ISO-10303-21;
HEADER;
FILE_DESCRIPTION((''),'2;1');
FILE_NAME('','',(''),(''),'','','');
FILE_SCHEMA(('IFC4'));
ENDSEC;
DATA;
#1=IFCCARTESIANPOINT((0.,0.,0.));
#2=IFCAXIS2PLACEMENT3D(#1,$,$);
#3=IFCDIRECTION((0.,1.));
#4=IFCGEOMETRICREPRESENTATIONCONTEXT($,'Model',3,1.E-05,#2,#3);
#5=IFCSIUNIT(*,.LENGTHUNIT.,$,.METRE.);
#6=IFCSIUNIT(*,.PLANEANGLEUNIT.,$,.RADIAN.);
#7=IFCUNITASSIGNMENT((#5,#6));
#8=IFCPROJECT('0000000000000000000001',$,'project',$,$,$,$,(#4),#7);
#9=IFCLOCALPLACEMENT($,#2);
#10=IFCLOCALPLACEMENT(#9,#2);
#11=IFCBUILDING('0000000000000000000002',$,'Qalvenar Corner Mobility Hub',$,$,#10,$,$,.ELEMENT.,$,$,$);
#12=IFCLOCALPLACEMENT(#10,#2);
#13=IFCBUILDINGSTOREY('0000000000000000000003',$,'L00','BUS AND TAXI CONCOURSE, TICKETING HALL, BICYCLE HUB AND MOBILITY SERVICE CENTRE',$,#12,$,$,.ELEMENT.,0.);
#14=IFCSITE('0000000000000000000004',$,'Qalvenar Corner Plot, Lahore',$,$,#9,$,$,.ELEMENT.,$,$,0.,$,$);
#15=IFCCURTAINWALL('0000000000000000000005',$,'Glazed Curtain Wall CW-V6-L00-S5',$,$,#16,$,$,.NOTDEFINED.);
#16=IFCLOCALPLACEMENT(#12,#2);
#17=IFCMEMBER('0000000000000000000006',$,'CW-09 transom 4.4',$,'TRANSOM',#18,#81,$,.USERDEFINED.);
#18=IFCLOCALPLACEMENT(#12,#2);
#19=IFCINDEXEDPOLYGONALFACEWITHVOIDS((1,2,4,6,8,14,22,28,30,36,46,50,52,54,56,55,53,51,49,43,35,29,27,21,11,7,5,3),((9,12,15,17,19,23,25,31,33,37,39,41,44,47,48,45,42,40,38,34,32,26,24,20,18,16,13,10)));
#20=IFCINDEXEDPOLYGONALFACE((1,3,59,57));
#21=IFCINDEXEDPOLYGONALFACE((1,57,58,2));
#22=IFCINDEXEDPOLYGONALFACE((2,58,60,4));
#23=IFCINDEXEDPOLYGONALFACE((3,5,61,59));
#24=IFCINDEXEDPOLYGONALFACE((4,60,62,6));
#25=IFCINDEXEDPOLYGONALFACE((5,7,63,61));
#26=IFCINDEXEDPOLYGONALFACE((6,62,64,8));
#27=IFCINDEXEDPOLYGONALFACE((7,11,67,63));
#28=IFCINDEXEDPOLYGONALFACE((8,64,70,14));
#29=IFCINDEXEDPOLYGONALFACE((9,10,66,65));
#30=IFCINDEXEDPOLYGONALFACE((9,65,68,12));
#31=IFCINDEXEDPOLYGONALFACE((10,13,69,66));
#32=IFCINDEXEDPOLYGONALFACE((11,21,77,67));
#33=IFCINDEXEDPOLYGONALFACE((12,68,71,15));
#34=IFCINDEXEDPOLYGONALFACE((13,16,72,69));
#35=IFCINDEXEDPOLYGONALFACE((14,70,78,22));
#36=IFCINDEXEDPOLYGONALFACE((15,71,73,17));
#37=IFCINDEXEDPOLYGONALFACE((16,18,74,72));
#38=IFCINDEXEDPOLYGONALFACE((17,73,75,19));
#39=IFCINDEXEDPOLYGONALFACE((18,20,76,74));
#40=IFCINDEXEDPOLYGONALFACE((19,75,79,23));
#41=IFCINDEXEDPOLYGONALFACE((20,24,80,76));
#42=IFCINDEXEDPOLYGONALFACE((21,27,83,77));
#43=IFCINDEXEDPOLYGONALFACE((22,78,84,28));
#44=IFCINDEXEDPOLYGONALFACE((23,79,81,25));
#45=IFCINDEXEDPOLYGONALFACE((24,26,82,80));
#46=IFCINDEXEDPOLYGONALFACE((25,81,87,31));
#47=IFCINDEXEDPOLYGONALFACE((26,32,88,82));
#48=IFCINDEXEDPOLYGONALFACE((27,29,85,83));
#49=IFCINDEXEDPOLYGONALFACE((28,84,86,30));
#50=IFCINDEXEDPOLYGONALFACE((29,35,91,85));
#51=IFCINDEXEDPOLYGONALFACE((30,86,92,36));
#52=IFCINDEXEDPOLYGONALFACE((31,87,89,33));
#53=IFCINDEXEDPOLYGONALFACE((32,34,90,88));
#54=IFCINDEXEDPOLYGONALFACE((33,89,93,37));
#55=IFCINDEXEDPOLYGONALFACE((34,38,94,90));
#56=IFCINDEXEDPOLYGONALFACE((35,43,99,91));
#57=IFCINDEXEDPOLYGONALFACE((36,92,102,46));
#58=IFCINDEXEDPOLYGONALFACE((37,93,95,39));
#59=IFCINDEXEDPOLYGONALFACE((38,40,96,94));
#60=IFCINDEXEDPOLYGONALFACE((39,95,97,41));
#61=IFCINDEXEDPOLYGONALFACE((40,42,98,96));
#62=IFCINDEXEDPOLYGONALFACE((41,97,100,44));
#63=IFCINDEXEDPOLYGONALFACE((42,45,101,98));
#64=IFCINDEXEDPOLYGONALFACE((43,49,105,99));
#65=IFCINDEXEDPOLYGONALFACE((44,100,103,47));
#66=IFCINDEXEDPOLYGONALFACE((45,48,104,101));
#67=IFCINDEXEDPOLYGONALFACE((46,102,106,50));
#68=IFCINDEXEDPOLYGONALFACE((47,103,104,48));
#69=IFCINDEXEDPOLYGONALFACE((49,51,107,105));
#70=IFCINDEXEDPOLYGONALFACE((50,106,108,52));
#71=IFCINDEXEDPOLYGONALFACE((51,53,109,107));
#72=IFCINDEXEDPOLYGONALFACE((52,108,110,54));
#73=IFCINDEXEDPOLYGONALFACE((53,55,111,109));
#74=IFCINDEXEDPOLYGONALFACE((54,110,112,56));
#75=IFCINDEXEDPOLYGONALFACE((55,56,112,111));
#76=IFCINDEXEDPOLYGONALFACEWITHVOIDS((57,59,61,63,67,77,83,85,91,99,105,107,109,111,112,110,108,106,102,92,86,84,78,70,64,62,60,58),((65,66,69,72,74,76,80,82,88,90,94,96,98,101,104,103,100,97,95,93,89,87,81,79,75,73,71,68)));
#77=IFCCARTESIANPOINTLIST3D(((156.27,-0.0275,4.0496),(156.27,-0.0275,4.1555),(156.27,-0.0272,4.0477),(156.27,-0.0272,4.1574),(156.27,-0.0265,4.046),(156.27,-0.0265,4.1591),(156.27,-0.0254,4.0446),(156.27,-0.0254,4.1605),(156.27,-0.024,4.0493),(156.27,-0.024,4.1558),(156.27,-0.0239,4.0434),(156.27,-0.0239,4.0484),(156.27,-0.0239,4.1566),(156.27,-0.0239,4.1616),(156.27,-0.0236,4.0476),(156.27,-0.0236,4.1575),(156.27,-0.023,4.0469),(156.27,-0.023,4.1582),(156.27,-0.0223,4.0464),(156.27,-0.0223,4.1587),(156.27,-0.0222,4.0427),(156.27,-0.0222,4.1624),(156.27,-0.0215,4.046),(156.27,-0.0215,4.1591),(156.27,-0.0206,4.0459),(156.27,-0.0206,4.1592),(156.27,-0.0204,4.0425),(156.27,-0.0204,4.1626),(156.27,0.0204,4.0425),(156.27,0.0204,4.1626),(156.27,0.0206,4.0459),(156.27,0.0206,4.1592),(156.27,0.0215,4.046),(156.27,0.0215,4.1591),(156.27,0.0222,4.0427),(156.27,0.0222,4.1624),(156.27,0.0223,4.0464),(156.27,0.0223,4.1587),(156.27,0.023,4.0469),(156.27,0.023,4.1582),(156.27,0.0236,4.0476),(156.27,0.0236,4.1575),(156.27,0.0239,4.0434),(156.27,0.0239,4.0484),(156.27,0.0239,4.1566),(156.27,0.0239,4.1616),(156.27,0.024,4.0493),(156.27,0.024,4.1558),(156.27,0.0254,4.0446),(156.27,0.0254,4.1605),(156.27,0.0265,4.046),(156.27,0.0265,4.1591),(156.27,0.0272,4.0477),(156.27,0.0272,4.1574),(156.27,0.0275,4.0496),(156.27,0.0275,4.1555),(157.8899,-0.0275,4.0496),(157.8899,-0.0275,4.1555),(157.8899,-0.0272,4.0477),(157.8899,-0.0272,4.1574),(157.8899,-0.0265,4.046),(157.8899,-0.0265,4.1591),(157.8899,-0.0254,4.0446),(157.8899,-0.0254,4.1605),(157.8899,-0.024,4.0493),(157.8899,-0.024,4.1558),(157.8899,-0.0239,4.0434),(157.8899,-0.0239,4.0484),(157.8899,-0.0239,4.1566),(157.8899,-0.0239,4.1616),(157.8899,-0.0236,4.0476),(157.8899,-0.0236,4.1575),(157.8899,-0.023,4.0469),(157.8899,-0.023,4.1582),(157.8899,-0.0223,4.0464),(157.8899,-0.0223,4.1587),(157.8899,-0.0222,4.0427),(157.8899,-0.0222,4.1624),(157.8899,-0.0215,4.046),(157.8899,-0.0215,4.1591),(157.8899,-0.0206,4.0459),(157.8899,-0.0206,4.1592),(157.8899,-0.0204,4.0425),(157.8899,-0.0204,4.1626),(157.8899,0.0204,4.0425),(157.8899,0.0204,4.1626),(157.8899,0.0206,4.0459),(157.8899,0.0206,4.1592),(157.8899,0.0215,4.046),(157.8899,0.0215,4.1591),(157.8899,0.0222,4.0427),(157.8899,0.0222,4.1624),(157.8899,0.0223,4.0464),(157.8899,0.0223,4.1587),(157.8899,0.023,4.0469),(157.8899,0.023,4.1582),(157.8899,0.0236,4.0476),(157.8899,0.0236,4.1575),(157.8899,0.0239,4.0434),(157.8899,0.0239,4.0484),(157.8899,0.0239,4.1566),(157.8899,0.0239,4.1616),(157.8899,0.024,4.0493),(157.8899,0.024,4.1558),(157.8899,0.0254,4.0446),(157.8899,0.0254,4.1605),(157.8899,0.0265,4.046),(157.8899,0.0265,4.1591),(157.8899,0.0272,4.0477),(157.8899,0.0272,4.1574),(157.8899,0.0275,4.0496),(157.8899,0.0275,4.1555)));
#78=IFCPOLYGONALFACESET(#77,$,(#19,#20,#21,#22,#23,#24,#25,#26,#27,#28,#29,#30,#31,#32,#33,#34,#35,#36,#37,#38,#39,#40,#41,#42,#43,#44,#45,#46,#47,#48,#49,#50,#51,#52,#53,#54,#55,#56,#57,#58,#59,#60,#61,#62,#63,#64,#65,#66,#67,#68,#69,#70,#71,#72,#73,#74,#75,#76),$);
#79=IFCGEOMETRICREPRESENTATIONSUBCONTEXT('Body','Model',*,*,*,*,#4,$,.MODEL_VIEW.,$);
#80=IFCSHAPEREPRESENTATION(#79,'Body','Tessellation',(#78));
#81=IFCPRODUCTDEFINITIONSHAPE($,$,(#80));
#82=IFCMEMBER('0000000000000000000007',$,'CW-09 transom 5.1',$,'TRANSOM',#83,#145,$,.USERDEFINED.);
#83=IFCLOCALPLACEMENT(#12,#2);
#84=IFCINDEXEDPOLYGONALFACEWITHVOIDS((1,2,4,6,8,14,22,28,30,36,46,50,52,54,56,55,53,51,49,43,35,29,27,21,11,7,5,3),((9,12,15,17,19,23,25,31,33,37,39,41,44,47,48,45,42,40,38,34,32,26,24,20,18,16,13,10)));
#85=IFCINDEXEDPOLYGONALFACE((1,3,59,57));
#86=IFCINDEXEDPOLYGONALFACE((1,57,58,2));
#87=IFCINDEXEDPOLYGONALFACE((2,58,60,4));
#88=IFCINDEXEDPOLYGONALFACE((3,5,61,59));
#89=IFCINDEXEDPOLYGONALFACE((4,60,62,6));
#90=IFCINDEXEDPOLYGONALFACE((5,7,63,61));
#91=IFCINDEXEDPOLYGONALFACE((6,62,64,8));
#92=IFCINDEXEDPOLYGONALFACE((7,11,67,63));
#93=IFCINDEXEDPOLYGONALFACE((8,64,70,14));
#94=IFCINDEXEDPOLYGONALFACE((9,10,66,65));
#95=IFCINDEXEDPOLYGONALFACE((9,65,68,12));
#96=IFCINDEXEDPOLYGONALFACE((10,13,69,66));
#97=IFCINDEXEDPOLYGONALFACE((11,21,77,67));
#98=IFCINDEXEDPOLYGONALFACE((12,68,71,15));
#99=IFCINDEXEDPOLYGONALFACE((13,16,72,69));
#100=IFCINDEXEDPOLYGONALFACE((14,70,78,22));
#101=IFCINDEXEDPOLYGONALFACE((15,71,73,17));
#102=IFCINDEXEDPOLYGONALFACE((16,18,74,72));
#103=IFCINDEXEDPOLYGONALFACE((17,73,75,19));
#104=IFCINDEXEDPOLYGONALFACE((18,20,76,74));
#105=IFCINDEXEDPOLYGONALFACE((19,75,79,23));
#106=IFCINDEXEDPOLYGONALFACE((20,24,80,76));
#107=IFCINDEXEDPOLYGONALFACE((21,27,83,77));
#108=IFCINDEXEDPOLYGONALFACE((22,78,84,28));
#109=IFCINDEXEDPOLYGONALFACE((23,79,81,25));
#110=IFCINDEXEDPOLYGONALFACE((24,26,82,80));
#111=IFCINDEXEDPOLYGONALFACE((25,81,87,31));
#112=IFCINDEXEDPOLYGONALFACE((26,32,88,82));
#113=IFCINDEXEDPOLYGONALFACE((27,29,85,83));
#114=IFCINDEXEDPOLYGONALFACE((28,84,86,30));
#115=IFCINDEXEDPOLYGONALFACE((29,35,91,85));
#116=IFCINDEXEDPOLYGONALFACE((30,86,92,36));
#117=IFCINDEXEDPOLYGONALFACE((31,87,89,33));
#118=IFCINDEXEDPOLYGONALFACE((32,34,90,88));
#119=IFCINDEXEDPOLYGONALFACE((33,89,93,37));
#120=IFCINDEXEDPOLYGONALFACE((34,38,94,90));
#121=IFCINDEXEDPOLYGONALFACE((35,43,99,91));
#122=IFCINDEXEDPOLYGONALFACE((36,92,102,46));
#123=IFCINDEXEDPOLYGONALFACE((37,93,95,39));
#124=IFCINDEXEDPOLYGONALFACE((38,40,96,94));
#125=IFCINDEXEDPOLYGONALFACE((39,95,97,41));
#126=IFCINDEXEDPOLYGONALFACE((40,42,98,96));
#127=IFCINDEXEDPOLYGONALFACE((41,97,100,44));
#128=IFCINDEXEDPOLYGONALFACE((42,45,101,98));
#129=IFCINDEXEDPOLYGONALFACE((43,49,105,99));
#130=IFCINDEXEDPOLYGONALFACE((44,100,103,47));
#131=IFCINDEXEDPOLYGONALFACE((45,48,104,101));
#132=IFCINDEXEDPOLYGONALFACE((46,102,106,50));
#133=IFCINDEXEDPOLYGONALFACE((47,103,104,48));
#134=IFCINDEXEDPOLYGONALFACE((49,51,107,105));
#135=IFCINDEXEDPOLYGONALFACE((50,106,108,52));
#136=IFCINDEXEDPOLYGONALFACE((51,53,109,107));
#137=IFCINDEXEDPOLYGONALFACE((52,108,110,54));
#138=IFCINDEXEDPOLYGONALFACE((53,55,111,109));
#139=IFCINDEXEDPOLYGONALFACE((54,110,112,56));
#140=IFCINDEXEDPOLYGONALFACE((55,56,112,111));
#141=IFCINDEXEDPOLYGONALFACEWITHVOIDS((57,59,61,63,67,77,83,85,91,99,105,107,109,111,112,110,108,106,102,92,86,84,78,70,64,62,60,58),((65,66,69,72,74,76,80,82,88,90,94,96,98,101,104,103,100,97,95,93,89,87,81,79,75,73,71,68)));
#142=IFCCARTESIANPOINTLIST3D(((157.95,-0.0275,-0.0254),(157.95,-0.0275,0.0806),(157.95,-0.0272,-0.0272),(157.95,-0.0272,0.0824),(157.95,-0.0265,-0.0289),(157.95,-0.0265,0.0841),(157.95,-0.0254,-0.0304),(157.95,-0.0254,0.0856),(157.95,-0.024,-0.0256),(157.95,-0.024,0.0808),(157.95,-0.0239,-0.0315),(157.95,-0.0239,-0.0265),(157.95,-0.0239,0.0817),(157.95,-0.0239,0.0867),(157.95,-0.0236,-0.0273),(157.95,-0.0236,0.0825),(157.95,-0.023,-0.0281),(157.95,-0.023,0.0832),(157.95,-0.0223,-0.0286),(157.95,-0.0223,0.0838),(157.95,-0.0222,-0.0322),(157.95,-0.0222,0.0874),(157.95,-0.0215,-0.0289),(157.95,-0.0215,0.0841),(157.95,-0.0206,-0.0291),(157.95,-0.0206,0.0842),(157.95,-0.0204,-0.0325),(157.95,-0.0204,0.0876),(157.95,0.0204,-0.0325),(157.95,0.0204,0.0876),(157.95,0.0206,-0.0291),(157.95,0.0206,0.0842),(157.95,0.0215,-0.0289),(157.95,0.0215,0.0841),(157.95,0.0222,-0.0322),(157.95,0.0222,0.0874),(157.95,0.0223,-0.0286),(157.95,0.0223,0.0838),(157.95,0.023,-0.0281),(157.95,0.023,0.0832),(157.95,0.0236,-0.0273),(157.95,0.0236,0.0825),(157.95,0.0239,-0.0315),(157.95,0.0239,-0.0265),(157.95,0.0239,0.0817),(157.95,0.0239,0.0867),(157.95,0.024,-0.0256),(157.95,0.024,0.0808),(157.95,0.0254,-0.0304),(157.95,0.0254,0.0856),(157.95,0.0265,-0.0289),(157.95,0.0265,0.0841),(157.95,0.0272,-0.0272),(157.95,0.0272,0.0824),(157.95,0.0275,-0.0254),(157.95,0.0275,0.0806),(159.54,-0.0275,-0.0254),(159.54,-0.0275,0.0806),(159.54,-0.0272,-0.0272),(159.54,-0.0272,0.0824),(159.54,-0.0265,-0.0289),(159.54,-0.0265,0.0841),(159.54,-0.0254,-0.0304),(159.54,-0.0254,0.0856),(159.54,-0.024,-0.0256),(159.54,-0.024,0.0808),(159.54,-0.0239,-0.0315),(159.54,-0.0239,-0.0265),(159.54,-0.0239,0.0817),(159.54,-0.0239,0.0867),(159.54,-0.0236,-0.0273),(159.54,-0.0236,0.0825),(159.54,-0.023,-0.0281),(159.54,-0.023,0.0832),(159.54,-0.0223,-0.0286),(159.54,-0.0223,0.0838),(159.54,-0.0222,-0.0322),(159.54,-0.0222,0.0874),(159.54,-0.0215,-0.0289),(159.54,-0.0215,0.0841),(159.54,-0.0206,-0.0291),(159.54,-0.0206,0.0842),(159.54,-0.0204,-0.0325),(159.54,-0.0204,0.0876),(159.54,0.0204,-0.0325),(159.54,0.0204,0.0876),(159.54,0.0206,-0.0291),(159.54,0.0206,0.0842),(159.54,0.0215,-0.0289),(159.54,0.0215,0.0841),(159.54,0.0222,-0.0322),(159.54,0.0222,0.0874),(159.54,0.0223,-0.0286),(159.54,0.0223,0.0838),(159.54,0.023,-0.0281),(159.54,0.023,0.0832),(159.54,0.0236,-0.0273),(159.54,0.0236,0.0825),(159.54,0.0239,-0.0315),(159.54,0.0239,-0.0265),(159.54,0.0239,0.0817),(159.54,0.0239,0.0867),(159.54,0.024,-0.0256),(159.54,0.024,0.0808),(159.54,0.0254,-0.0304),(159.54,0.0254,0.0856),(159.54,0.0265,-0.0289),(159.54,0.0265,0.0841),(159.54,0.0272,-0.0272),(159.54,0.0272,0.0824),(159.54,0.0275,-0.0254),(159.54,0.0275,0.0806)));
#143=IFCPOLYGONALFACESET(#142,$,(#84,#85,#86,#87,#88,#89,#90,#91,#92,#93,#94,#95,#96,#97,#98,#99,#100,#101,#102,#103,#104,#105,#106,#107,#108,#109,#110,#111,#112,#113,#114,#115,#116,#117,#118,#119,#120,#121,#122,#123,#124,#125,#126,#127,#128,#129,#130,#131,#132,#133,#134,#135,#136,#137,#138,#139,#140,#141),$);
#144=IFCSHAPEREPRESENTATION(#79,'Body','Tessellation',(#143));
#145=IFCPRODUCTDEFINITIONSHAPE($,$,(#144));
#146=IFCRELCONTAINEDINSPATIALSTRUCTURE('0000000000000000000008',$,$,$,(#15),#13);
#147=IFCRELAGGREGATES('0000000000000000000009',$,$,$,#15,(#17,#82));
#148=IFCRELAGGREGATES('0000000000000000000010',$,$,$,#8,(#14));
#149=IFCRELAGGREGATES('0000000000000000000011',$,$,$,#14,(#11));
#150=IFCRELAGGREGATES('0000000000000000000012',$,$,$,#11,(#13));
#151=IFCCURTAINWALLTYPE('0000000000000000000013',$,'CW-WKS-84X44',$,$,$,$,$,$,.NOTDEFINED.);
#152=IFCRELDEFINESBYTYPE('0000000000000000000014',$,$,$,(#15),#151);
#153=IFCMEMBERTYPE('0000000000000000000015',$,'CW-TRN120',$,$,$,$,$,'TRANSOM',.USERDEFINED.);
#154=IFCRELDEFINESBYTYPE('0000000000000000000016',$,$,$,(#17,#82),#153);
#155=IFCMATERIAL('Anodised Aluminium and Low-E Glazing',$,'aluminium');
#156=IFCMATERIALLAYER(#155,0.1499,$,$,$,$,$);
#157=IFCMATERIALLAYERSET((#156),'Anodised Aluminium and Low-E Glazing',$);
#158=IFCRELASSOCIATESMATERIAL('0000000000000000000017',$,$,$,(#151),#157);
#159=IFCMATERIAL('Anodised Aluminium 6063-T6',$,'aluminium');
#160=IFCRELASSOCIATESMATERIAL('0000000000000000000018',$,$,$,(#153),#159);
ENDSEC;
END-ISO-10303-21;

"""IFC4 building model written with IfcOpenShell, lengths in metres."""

from ifc_helpers import new_model, si_unit, direction, frame, origin, origin_2d, place, context, subcontext, project, spatial, hollow_rectangle, extrude, material, layer, layer_set, material_profile, profile_set, type_object, element, aggregate, save


model = new_model("IFC4")

# Units and contexts
model_context = context("Model", 3, precision=1e-05, world=origin(), true_north=direction((0.0, 1.0)))
body_context = subcontext(model_context, "Body", "Model", "MODEL_VIEW")
ifc_project = project(units=[si_unit("LENGTHUNIT", "METRE"), si_unit("PLANEANGLEUNIT", "RADIAN")], contexts=[model_context])

# Site, building, storey
site_placement = place(None, origin())
site = spatial("IfcSite", under=ifc_project, at=site_placement, Name="Qalvenar Corner Plot, Lahore", CompositionType="ELEMENT", RefElevation=0.0)
building_placement = place(site_placement, origin())
building = spatial("IfcBuilding", under=site, at=building_placement, Name="Qalvenar Corner Mobility Hub", CompositionType="ELEMENT")
storey_placement = place(building_placement, origin())
storey = spatial("IfcBuildingStorey", under=building, at=storey_placement, Name="L00", Description="BUS AND TAXI CONCOURSE, TICKETING HALL, BICYCLE HUB AND MOBILITY SERVICE CENTRE", CompositionType="ELEMENT", Elevation=0.0)

# Curtain wall, members
ifc_material_1 = material(Name="Anodised Aluminium and Low-E Glazing", Category="aluminium")
ifc_layer_1 = layer(ifc_material_1, 0.1499)
ifc_layer_set_1 = layer_set([ifc_layer_1], Name="Anodised Aluminium and Low-E Glazing")
curtain_wall_type = type_object("IfcCurtainWallType", Name="CW-WKS-84X44", PredefinedType="NOTDEFINED", material=ifc_layer_set_1)
curtain_wall_placement = place(storey_placement, origin())
curtain_wall = element("IfcCurtainWall", 1, at=curtain_wall_placement, inside=storey, type_object=curtain_wall_type, Name="Glazed Curtain Wall CW-V6-L00-S5", PredefinedType="NOTDEFINED")
ifc_material_2 = material(Name="Anodised Aluminium 6063-T6", Category="aluminium")
ifc_material_profile_1 = material_profile(ifc_material_2, hollow_rectangle(XDim=0.0549, YDim=0.1201, WallThickness=0.0034, InnerFilletRadius=0.0034, OuterFilletRadius=0.0071, at=origin_2d()), Name="RHS120x55x3.5")
ifc_profile_set_1 = profile_set([ifc_material_profile_1], Name="Anodised Aluminium 6063-T6")
member_type_1 = type_object("IfcMemberType", Name="CW-TRN120", ElementType="TRANSOM", PredefinedType="USERDEFINED", material=ifc_profile_set_1)
member_1_placement = place(storey_placement, frame((156.27, 0.0, 4.1025), z_axis=(1.0, 0.0, 0.0), x_axis=(0.0, 1.0, 0.0)))
member_1 = element("IfcMember", 2, at=member_1_placement, type_object=member_type_1, Name="CW-09 transom 4.4", ObjectType="TRANSOM", PredefinedType="USERDEFINED", context=body_context, shape_type="SweptSolid", body=[
    extrude(hollow_rectangle(XDim=0.0549, YDim=0.1201, WallThickness=0.0034, InnerFilletRadius=0.0034, OuterFilletRadius=0.0071, at=origin_2d()), origin(), (0.0, 0.0, 1.0), 1.6199),
])
member_2_placement = place(storey_placement, frame((157.95, 0.0, 0.0276), z_axis=(1.0, 0.0, 0.0), x_axis=(0.0, 1.0, 0.0)))
member_2 = element("IfcMember", 3, at=member_2_placement, type_object=member_type_1, Name="CW-09 transom 5.1", ObjectType="TRANSOM", PredefinedType="USERDEFINED", context=body_context, shape_type="SweptSolid", body=[
    extrude(hollow_rectangle(XDim=0.0549, YDim=0.1201, WallThickness=0.0034, InnerFilletRadius=0.0034, OuterFilletRadius=0.0071, at=origin_2d()), origin(), (0.0, 0.0, 1.0), 1.5901),
])
aggregate(curtain_wall, [member_1, member_2])

save(model, "model.ifc")
